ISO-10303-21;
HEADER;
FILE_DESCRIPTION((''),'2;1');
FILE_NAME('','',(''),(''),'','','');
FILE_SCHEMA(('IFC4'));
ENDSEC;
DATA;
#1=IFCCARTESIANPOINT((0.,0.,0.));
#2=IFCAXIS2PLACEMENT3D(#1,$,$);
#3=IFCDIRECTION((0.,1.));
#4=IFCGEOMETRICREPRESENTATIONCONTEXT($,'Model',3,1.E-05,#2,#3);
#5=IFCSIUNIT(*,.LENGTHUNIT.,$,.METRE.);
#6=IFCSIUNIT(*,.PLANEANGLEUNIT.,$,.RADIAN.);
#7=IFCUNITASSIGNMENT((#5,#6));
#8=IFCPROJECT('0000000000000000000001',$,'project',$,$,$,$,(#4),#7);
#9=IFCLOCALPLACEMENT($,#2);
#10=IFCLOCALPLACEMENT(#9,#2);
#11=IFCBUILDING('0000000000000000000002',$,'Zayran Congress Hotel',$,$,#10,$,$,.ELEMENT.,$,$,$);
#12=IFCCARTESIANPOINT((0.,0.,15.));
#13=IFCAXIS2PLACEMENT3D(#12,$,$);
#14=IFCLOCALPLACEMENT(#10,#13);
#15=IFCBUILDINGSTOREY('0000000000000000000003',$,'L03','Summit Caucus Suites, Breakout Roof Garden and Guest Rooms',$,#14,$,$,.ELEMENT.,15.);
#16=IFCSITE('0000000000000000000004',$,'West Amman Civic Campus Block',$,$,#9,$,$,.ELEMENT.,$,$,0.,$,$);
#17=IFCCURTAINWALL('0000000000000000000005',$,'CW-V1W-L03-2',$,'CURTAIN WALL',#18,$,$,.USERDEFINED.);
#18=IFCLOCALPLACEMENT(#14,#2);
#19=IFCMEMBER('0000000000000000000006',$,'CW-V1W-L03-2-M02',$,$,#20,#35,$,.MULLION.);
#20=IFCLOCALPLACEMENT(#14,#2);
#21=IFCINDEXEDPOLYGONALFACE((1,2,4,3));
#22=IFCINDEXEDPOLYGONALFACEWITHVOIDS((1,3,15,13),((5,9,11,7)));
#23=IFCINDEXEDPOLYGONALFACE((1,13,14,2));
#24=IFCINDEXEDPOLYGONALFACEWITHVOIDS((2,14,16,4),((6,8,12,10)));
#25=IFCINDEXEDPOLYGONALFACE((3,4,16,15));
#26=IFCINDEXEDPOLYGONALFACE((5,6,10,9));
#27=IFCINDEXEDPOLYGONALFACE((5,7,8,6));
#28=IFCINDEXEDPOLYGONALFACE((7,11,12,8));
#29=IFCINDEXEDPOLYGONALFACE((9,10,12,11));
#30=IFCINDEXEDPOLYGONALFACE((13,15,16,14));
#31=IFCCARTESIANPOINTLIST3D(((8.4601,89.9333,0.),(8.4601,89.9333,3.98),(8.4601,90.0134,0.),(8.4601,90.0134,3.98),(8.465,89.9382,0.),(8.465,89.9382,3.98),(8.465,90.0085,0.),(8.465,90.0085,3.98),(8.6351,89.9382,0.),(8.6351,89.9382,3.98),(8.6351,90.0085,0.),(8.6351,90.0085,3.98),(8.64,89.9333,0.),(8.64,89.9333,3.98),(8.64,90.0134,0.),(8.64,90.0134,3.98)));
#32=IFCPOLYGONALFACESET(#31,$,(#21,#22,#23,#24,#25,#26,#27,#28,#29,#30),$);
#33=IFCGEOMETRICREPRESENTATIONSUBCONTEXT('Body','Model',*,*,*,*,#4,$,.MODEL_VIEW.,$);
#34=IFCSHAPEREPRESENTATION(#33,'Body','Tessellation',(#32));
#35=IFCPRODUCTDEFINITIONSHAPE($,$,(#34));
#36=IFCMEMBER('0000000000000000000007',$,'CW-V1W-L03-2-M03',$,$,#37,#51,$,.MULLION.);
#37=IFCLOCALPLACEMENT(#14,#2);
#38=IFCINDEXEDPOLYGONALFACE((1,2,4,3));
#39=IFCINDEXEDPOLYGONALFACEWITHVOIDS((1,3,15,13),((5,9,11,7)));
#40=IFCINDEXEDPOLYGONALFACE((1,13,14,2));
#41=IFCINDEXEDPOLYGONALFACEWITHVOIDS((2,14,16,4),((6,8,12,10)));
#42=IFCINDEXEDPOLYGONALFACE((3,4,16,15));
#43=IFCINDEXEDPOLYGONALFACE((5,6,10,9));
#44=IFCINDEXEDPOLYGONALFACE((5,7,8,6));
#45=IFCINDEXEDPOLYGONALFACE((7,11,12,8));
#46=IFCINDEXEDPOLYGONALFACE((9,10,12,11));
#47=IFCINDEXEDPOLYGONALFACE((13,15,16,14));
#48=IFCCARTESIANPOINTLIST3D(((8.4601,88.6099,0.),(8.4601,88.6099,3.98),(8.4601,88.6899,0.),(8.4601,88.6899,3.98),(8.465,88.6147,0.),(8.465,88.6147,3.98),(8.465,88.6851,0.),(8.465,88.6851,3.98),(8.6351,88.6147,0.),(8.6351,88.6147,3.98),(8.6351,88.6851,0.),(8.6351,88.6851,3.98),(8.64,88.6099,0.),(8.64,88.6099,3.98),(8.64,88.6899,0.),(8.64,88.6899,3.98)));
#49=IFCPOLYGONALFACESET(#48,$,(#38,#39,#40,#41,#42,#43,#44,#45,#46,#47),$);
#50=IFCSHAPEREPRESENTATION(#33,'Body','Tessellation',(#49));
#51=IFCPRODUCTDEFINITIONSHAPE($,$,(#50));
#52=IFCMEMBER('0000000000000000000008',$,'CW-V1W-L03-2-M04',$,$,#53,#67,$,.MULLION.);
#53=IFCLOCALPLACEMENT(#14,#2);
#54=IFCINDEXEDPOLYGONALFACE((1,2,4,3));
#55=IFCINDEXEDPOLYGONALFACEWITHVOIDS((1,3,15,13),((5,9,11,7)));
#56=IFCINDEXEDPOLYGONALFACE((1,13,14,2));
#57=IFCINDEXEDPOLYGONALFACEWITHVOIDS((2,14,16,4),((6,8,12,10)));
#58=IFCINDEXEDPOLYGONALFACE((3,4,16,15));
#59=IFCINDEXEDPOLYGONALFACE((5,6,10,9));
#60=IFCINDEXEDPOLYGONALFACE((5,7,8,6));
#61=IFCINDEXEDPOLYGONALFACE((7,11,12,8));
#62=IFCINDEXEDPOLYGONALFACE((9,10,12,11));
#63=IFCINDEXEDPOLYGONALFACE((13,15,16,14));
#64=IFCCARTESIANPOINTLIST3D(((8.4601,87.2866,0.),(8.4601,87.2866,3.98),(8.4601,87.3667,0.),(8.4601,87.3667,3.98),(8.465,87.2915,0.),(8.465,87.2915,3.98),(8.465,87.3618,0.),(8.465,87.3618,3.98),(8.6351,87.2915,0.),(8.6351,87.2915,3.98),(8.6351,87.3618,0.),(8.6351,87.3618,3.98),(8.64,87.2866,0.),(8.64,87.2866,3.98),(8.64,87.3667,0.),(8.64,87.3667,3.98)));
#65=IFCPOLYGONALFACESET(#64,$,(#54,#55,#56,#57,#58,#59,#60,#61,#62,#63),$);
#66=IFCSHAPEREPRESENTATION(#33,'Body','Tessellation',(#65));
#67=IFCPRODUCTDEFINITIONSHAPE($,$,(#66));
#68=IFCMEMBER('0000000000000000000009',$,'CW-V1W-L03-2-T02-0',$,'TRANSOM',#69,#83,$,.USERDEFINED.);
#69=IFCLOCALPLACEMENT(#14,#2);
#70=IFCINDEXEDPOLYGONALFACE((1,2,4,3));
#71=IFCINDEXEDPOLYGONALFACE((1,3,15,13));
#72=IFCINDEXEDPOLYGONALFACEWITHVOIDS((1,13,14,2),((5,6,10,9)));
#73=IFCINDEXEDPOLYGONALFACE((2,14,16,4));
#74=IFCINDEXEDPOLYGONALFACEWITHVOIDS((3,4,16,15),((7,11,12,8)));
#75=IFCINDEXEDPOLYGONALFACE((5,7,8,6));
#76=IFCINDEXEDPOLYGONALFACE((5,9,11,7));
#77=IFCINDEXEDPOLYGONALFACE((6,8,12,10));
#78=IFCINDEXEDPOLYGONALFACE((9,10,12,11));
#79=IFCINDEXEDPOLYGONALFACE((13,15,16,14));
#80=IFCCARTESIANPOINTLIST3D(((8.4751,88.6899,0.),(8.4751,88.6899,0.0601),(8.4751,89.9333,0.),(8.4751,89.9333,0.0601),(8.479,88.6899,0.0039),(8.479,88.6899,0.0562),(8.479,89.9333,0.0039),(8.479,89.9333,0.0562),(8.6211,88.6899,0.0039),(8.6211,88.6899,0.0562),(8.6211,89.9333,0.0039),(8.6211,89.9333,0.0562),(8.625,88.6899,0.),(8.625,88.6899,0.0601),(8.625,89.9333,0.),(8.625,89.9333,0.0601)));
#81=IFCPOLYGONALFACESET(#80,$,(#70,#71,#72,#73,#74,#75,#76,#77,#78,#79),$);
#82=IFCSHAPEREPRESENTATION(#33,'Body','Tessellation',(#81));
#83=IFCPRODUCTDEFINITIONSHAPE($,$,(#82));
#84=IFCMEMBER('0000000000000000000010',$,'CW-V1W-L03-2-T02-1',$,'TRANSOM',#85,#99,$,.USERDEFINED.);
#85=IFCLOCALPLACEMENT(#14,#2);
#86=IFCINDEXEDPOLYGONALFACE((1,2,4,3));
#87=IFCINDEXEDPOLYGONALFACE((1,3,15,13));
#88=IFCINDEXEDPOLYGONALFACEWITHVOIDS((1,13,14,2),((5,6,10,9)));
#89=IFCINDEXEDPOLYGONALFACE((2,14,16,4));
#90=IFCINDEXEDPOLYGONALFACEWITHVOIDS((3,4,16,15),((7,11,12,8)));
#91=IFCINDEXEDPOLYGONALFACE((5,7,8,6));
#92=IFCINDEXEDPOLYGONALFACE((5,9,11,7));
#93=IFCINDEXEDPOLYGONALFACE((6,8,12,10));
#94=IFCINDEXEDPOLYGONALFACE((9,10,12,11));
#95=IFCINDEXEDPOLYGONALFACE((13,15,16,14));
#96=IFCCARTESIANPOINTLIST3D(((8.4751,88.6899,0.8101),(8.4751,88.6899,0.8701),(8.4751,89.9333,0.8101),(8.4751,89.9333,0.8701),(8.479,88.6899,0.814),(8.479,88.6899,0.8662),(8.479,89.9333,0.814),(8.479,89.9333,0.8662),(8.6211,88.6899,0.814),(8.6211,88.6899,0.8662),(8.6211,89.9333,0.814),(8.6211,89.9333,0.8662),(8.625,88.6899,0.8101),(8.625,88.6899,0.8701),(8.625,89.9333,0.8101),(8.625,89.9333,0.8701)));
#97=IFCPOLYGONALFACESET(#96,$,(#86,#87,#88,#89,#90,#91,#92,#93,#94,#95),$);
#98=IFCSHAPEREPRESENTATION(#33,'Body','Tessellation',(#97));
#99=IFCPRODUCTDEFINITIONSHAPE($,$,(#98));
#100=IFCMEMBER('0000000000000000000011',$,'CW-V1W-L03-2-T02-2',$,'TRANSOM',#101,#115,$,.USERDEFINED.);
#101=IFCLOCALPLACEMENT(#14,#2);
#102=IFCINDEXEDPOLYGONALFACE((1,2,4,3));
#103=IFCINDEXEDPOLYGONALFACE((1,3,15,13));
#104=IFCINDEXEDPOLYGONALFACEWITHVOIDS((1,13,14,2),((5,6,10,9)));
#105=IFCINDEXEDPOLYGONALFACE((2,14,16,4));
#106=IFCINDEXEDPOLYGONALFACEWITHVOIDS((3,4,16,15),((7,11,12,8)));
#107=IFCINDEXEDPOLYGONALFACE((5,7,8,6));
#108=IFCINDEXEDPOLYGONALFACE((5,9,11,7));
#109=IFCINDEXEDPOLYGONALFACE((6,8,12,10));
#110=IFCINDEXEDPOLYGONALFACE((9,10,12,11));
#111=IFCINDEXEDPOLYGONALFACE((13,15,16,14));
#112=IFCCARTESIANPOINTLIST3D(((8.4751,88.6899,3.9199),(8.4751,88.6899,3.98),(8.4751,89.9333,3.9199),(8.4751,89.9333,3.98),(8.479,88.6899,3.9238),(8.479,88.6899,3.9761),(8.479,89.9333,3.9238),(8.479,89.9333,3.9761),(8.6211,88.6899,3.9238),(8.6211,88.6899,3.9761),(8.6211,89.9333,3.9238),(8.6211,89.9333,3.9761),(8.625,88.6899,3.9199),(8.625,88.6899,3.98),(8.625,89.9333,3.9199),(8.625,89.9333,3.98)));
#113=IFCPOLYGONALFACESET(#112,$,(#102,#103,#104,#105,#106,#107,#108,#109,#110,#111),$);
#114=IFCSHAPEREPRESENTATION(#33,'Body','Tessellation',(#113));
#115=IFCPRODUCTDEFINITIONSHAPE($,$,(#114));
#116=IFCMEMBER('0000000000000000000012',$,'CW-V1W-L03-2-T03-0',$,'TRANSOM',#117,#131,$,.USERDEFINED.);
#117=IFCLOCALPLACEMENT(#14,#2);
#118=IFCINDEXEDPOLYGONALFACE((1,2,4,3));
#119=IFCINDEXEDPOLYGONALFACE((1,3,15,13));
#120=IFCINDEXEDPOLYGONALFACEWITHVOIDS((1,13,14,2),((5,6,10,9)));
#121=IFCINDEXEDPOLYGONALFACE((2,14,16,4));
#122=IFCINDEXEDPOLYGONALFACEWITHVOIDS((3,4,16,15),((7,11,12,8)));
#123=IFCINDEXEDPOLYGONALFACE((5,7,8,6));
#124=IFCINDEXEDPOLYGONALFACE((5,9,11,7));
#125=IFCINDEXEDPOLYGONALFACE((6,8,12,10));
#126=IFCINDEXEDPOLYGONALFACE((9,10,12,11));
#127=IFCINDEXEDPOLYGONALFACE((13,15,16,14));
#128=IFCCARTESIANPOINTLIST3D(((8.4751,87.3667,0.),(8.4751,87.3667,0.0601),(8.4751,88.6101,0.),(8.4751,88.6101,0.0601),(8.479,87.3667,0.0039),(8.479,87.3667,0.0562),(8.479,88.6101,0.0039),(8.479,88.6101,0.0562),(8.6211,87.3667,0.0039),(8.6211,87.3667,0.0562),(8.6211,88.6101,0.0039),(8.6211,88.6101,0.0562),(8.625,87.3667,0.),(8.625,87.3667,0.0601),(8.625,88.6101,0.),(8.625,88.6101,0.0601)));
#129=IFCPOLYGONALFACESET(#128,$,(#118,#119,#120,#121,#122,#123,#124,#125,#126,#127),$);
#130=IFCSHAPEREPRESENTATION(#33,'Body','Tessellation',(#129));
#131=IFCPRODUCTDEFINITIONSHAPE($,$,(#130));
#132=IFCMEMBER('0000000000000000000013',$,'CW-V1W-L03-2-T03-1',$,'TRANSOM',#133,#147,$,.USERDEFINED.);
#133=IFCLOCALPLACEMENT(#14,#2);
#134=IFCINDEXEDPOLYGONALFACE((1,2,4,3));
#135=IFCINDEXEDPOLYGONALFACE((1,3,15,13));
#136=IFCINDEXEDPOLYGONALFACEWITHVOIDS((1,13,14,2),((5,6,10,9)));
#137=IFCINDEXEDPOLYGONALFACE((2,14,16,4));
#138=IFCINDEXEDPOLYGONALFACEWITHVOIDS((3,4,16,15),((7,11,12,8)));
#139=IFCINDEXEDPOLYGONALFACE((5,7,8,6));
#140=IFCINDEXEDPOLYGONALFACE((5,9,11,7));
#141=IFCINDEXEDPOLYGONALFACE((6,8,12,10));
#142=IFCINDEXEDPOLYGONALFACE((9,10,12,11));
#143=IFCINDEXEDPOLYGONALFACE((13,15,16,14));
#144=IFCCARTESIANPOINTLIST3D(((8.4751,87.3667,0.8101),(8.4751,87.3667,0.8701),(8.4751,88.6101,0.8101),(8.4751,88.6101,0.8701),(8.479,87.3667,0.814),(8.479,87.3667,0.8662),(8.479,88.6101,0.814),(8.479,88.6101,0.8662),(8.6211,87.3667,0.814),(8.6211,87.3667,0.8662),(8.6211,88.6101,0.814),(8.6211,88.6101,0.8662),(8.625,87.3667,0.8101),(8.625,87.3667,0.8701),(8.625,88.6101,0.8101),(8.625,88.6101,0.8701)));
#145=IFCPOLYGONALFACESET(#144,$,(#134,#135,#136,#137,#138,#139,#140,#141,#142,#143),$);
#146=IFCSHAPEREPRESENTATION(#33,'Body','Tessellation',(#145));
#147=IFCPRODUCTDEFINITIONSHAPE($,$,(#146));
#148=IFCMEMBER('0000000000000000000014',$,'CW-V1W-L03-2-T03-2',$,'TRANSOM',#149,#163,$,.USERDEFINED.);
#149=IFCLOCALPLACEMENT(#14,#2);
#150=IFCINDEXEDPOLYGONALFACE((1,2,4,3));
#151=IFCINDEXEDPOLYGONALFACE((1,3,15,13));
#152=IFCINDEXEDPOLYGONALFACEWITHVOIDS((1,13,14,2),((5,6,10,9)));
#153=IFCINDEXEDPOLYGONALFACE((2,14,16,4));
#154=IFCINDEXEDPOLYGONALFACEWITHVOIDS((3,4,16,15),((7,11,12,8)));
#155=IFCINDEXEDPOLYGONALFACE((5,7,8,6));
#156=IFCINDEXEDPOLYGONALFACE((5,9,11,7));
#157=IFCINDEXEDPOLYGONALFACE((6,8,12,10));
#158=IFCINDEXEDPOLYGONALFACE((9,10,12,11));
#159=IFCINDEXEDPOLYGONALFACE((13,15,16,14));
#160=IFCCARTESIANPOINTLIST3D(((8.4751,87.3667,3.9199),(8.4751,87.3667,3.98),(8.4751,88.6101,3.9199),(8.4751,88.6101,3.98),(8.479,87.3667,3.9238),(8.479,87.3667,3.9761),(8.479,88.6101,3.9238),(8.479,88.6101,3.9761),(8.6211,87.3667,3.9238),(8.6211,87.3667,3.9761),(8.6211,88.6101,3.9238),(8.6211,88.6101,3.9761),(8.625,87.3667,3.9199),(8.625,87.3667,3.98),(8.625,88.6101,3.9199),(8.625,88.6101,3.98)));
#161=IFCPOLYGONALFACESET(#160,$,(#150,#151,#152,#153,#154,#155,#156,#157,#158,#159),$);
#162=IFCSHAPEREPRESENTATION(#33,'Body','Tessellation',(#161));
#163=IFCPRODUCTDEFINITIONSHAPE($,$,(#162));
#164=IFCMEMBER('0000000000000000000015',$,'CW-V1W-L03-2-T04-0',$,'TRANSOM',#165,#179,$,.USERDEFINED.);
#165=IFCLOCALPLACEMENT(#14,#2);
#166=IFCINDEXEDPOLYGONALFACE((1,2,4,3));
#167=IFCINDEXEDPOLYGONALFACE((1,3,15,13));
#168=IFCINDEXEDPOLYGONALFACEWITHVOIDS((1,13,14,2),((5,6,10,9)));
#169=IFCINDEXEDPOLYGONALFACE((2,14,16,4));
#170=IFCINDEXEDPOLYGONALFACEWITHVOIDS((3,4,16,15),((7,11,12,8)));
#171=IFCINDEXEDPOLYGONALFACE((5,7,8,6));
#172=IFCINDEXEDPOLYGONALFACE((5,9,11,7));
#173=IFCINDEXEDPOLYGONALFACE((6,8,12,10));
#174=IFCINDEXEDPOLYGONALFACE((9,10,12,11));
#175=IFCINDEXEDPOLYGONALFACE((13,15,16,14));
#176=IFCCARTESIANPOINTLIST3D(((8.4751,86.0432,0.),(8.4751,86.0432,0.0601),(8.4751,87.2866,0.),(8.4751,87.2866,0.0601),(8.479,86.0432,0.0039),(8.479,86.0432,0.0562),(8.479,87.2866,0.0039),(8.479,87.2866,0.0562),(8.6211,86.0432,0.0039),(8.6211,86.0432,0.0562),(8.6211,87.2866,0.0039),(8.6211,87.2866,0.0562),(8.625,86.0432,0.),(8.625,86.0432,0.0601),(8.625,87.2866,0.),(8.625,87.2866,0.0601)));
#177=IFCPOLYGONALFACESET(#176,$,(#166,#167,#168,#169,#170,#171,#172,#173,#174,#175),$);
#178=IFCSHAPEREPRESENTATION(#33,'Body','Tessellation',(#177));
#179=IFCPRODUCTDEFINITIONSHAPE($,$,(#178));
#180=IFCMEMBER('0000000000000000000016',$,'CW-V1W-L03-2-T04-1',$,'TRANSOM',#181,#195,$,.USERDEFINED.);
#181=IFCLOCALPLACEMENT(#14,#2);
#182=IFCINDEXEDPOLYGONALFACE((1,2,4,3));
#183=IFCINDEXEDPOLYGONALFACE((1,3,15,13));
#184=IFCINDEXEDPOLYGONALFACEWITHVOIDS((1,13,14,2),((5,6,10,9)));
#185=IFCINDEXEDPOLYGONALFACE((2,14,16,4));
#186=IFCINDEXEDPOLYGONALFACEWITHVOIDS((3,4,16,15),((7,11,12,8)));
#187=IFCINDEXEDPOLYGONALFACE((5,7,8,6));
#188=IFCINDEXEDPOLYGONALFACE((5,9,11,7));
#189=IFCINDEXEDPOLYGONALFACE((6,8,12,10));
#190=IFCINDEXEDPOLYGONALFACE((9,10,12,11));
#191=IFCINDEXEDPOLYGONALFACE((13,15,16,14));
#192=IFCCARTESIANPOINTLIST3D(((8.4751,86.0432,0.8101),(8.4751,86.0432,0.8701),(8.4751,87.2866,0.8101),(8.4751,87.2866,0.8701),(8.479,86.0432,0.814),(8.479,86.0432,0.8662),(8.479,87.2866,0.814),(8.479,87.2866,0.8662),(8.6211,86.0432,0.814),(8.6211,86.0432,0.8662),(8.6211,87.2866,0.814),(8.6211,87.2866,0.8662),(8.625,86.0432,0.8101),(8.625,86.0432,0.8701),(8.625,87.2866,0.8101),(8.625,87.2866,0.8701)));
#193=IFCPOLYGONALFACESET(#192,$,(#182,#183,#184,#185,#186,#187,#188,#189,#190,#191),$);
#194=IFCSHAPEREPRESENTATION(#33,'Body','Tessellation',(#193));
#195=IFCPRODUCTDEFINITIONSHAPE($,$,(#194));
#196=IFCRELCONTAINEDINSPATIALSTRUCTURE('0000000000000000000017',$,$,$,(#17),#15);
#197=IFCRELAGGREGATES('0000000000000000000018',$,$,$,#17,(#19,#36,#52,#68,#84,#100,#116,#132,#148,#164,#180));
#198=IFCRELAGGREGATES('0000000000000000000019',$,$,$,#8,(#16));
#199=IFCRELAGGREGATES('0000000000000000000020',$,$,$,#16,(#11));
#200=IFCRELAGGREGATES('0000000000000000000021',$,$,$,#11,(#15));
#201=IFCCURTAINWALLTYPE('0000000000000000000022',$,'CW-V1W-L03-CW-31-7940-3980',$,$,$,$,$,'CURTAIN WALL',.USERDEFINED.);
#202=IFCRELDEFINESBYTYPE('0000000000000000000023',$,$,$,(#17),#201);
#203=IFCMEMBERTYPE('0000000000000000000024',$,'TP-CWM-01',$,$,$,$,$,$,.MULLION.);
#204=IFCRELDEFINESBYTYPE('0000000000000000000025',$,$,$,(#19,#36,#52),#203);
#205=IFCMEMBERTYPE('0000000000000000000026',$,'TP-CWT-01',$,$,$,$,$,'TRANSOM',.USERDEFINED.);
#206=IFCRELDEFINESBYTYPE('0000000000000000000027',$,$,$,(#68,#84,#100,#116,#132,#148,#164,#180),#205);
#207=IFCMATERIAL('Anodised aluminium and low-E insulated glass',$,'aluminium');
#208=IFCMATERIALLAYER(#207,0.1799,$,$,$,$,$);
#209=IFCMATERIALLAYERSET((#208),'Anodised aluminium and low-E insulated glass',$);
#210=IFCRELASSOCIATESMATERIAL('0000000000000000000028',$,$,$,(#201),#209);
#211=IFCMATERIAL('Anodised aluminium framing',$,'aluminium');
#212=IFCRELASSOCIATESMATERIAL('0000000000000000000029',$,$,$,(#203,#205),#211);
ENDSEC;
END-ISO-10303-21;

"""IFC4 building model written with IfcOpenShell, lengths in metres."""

from ifc_helpers import new_model, si_unit, direction, frame, origin, origin_2d, place, context, subcontext, project, spatial, hollow_rectangle, extrude, material, layer, layer_set, material_profile, profile_set, type_object, element, aggregate, save


model = new_model("IFC4")

# Units and contexts
model_context = context("Model", 3, precision=1e-05, world=origin(), true_north=direction((0.0, 1.0)))
body_context = subcontext(model_context, "Body", "Model", "MODEL_VIEW")
ifc_project = project(units=[si_unit("LENGTHUNIT", "METRE"), si_unit("PLANEANGLEUNIT", "RADIAN")], contexts=[model_context])

# Site, building, storey
site_placement = place(None, origin())
site = spatial("IfcSite", under=ifc_project, at=site_placement, Name="West Amman Civic Campus Block", CompositionType="ELEMENT", RefElevation=0.0)
building_placement = place(site_placement, origin())
building = spatial("IfcBuilding", under=site, at=building_placement, Name="Zayran Congress Hotel", CompositionType="ELEMENT")
storey_placement = place(building_placement, frame((0.0, 0.0, 15.0)))
storey = spatial("IfcBuildingStorey", under=building, at=storey_placement, Name="L03", Description="Summit Caucus Suites, Breakout Roof Garden and Guest Rooms", CompositionType="ELEMENT", Elevation=15.0)

# Curtain wall, members
ifc_material_1 = material(Name="Anodised aluminium and low-E insulated glass", Category="aluminium")
ifc_layer_1 = layer(ifc_material_1, 0.1799)
ifc_layer_set_1 = layer_set([ifc_layer_1], Name="Anodised aluminium and low-E insulated glass")
curtain_wall_type = type_object("IfcCurtainWallType", Name="CW-V1W-L03-CW-31-7940-3980", ElementType="CURTAIN WALL", PredefinedType="USERDEFINED", material=ifc_layer_set_1)
curtain_wall_placement = place(storey_placement, origin())
curtain_wall = element("IfcCurtainWall", 1, at=curtain_wall_placement, inside=storey, type_object=curtain_wall_type, Name="CW-V1W-L03-2", ObjectType="CURTAIN WALL", PredefinedType="USERDEFINED")
ifc_material_2 = material(Name="Anodised aluminium framing", Category="aluminium")
ifc_material_profile_1 = material_profile(ifc_material_2, hollow_rectangle(XDim=0.0801, YDim=0.1799, WallThickness=0.0049, at=origin_2d()), Name="RHS 180x80x5")
ifc_profile_set_1 = profile_set([ifc_material_profile_1], Name="Anodised aluminium framing")
member_type_1 = type_object("IfcMemberType", Name="TP-CWM-01", PredefinedType="MULLION", material=ifc_profile_set_1)
member_1_placement = place(storey_placement, frame((8.55, 89.9734, 0.0), z_axis=(0.0, 0.0, 1.0), x_axis=(0.0, 1.0, 0.0)))
member_1 = element("IfcMember", 2, at=member_1_placement, type_object=member_type_1, Name="CW-V1W-L03-2-M02", PredefinedType="MULLION", context=body_context, shape_type="SweptSolid", body=[
    extrude(hollow_rectangle(XDim=0.0801, YDim=0.1799, WallThickness=0.0049, at=origin_2d()), origin(), (0.0, 0.0, 1.0), 3.98),
])
member_2_placement = place(storey_placement, frame((8.55, 88.6499, 0.0), z_axis=(0.0, 0.0, 1.0), x_axis=(0.0, 1.0, 0.0)))
member_2 = element("IfcMember", 3, at=member_2_placement, type_object=member_type_1, Name="CW-V1W-L03-2-M03", PredefinedType="MULLION", context=body_context, shape_type="SweptSolid", body=[
    extrude(hollow_rectangle(XDim=0.0801, YDim=0.1799, WallThickness=0.0049, at=origin_2d()), origin(), (0.0, 0.0, 1.0), 3.98),
])
member_3_placement = place(storey_placement, frame((8.55, 87.3267, 0.0), z_axis=(0.0, 0.0, 1.0), x_axis=(0.0, 1.0, 0.0)))
member_3 = element("IfcMember", 4, at=member_3_placement, type_object=member_type_1, Name="CW-V1W-L03-2-M04", PredefinedType="MULLION", context=body_context, shape_type="SweptSolid", body=[
    extrude(hollow_rectangle(XDim=0.0801, YDim=0.1799, WallThickness=0.0049, at=origin_2d()), origin(), (0.0, 0.0, 1.0), 3.98),
])
ifc_material_profile_2 = material_profile(ifc_material_2, hollow_rectangle(XDim=0.0601, YDim=0.1499, WallThickness=0.0039, at=origin_2d()), Name="RHS 150x60x4")
ifc_profile_set_2 = profile_set([ifc_material_profile_2], Name="Anodised aluminium framing")
member_type_2 = type_object("IfcMemberType", Name="TP-CWT-01", ElementType="TRANSOM", PredefinedType="USERDEFINED", material=ifc_profile_set_2)
member_4_placement = place(storey_placement, frame((8.55, 89.9333, 0.03), z_axis=(0.0, -1.0, 0.0), x_axis=(0.0, 0.0, 1.0)))
member_4 = element("IfcMember", 5, at=member_4_placement, type_object=member_type_2, Name="CW-V1W-L03-2-T02-0", ObjectType="TRANSOM", PredefinedType="USERDEFINED", context=body_context, shape_type="SweptSolid", body=[
    extrude(hollow_rectangle(XDim=0.0601, YDim=0.1499, WallThickness=0.0039, at=origin_2d()), origin(), (0.0, 0.0, 1.0), 1.2434),
])
member_5_placement = place(storey_placement, frame((8.55, 89.9333, 0.8401), z_axis=(0.0, -1.0, 0.0), x_axis=(0.0, 0.0, 1.0)))
member_5 = element("IfcMember", 6, at=member_5_placement, type_object=member_type_2, Name="CW-V1W-L03-2-T02-1", ObjectType="TRANSOM", PredefinedType="USERDEFINED", context=body_context, shape_type="SweptSolid", body=[
    extrude(hollow_rectangle(XDim=0.0601, YDim=0.1499, WallThickness=0.0039, at=origin_2d()), origin(), (0.0, 0.0, 1.0), 1.2434),
])
member_6_placement = place(storey_placement, frame((8.55, 89.9333, 3.95), z_axis=(0.0, -1.0, 0.0), x_axis=(0.0, 0.0, 1.0)))
member_6 = element("IfcMember", 7, at=member_6_placement, type_object=member_type_2, Name="CW-V1W-L03-2-T02-2", ObjectType="TRANSOM", PredefinedType="USERDEFINED", context=body_context, shape_type="SweptSolid", body=[
    extrude(hollow_rectangle(XDim=0.0601, YDim=0.1499, WallThickness=0.0039, at=origin_2d()), origin(), (0.0, 0.0, 1.0), 1.2434),
])
member_7_placement = place(storey_placement, frame((8.55, 88.6101, 0.03), z_axis=(0.0, -1.0, 0.0), x_axis=(0.0, 0.0, 1.0)))
member_7 = element("IfcMember", 8, at=member_7_placement, type_object=member_type_2, Name="CW-V1W-L03-2-T03-0", ObjectType="TRANSOM", PredefinedType="USERDEFINED", context=body_context, shape_type="SweptSolid", body=[
    extrude(hollow_rectangle(XDim=0.0601, YDim=0.1499, WallThickness=0.0039, at=origin_2d()), origin(), (0.0, 0.0, 1.0), 1.2434),
])
member_8_placement = place(storey_placement, frame((8.55, 88.6101, 0.8401), z_axis=(0.0, -1.0, 0.0), x_axis=(0.0, 0.0, 1.0)))
member_8 = element("IfcMember", 9, at=member_8_placement, type_object=member_type_2, Name="CW-V1W-L03-2-T03-1", ObjectType="TRANSOM", PredefinedType="USERDEFINED", context=body_context, shape_type="SweptSolid", body=[
    extrude(hollow_rectangle(XDim=0.0601, YDim=0.1499, WallThickness=0.0039, at=origin_2d()), origin(), (0.0, 0.0, 1.0), 1.2434),
])
member_9_placement = place(storey_placement, frame((8.55, 88.6101, 3.95), z_axis=(0.0, -1.0, 0.0), x_axis=(0.0, 0.0, 1.0)))
member_9 = element("IfcMember", 10, at=member_9_placement, type_object=member_type_2, Name="CW-V1W-L03-2-T03-2", ObjectType="TRANSOM", PredefinedType="USERDEFINED", context=body_context, shape_type="SweptSolid", body=[
    extrude(hollow_rectangle(XDim=0.0601, YDim=0.1499, WallThickness=0.0039, at=origin_2d()), origin(), (0.0, 0.0, 1.0), 1.2434),
])
member_10_placement = place(storey_placement, frame((8.55, 87.2866, 0.03), z_axis=(0.0, -1.0, 0.0), x_axis=(0.0, 0.0, 1.0)))
member_10 = element("IfcMember", 11, at=member_10_placement, type_object=member_type_2, Name="CW-V1W-L03-2-T04-0", ObjectType="TRANSOM", PredefinedType="USERDEFINED", context=body_context, shape_type="SweptSolid", body=[
    extrude(hollow_rectangle(XDim=0.0601, YDim=0.1499, WallThickness=0.0039, at=origin_2d()), origin(), (0.0, 0.0, 1.0), 1.2434),
])
member_11_placement = place(storey_placement, frame((8.55, 87.2866, 0.8401), z_axis=(0.0, -1.0, 0.0), x_axis=(0.0, 0.0, 1.0)))
member_11 = element("IfcMember", 12, at=member_11_placement, type_object=member_type_2, Name="CW-V1W-L03-2-T04-1", ObjectType="TRANSOM", PredefinedType="USERDEFINED", context=body_context, shape_type="SweptSolid", body=[
    extrude(hollow_rectangle(XDim=0.0601, YDim=0.1499, WallThickness=0.0039, at=origin_2d()), origin(), (0.0, 0.0, 1.0), 1.2434),
])
aggregate(curtain_wall, [member_1, member_2, member_3, member_4, member_5, member_6, member_7, member_8, member_9, member_10, member_11])

save(model, "model.ifc")
